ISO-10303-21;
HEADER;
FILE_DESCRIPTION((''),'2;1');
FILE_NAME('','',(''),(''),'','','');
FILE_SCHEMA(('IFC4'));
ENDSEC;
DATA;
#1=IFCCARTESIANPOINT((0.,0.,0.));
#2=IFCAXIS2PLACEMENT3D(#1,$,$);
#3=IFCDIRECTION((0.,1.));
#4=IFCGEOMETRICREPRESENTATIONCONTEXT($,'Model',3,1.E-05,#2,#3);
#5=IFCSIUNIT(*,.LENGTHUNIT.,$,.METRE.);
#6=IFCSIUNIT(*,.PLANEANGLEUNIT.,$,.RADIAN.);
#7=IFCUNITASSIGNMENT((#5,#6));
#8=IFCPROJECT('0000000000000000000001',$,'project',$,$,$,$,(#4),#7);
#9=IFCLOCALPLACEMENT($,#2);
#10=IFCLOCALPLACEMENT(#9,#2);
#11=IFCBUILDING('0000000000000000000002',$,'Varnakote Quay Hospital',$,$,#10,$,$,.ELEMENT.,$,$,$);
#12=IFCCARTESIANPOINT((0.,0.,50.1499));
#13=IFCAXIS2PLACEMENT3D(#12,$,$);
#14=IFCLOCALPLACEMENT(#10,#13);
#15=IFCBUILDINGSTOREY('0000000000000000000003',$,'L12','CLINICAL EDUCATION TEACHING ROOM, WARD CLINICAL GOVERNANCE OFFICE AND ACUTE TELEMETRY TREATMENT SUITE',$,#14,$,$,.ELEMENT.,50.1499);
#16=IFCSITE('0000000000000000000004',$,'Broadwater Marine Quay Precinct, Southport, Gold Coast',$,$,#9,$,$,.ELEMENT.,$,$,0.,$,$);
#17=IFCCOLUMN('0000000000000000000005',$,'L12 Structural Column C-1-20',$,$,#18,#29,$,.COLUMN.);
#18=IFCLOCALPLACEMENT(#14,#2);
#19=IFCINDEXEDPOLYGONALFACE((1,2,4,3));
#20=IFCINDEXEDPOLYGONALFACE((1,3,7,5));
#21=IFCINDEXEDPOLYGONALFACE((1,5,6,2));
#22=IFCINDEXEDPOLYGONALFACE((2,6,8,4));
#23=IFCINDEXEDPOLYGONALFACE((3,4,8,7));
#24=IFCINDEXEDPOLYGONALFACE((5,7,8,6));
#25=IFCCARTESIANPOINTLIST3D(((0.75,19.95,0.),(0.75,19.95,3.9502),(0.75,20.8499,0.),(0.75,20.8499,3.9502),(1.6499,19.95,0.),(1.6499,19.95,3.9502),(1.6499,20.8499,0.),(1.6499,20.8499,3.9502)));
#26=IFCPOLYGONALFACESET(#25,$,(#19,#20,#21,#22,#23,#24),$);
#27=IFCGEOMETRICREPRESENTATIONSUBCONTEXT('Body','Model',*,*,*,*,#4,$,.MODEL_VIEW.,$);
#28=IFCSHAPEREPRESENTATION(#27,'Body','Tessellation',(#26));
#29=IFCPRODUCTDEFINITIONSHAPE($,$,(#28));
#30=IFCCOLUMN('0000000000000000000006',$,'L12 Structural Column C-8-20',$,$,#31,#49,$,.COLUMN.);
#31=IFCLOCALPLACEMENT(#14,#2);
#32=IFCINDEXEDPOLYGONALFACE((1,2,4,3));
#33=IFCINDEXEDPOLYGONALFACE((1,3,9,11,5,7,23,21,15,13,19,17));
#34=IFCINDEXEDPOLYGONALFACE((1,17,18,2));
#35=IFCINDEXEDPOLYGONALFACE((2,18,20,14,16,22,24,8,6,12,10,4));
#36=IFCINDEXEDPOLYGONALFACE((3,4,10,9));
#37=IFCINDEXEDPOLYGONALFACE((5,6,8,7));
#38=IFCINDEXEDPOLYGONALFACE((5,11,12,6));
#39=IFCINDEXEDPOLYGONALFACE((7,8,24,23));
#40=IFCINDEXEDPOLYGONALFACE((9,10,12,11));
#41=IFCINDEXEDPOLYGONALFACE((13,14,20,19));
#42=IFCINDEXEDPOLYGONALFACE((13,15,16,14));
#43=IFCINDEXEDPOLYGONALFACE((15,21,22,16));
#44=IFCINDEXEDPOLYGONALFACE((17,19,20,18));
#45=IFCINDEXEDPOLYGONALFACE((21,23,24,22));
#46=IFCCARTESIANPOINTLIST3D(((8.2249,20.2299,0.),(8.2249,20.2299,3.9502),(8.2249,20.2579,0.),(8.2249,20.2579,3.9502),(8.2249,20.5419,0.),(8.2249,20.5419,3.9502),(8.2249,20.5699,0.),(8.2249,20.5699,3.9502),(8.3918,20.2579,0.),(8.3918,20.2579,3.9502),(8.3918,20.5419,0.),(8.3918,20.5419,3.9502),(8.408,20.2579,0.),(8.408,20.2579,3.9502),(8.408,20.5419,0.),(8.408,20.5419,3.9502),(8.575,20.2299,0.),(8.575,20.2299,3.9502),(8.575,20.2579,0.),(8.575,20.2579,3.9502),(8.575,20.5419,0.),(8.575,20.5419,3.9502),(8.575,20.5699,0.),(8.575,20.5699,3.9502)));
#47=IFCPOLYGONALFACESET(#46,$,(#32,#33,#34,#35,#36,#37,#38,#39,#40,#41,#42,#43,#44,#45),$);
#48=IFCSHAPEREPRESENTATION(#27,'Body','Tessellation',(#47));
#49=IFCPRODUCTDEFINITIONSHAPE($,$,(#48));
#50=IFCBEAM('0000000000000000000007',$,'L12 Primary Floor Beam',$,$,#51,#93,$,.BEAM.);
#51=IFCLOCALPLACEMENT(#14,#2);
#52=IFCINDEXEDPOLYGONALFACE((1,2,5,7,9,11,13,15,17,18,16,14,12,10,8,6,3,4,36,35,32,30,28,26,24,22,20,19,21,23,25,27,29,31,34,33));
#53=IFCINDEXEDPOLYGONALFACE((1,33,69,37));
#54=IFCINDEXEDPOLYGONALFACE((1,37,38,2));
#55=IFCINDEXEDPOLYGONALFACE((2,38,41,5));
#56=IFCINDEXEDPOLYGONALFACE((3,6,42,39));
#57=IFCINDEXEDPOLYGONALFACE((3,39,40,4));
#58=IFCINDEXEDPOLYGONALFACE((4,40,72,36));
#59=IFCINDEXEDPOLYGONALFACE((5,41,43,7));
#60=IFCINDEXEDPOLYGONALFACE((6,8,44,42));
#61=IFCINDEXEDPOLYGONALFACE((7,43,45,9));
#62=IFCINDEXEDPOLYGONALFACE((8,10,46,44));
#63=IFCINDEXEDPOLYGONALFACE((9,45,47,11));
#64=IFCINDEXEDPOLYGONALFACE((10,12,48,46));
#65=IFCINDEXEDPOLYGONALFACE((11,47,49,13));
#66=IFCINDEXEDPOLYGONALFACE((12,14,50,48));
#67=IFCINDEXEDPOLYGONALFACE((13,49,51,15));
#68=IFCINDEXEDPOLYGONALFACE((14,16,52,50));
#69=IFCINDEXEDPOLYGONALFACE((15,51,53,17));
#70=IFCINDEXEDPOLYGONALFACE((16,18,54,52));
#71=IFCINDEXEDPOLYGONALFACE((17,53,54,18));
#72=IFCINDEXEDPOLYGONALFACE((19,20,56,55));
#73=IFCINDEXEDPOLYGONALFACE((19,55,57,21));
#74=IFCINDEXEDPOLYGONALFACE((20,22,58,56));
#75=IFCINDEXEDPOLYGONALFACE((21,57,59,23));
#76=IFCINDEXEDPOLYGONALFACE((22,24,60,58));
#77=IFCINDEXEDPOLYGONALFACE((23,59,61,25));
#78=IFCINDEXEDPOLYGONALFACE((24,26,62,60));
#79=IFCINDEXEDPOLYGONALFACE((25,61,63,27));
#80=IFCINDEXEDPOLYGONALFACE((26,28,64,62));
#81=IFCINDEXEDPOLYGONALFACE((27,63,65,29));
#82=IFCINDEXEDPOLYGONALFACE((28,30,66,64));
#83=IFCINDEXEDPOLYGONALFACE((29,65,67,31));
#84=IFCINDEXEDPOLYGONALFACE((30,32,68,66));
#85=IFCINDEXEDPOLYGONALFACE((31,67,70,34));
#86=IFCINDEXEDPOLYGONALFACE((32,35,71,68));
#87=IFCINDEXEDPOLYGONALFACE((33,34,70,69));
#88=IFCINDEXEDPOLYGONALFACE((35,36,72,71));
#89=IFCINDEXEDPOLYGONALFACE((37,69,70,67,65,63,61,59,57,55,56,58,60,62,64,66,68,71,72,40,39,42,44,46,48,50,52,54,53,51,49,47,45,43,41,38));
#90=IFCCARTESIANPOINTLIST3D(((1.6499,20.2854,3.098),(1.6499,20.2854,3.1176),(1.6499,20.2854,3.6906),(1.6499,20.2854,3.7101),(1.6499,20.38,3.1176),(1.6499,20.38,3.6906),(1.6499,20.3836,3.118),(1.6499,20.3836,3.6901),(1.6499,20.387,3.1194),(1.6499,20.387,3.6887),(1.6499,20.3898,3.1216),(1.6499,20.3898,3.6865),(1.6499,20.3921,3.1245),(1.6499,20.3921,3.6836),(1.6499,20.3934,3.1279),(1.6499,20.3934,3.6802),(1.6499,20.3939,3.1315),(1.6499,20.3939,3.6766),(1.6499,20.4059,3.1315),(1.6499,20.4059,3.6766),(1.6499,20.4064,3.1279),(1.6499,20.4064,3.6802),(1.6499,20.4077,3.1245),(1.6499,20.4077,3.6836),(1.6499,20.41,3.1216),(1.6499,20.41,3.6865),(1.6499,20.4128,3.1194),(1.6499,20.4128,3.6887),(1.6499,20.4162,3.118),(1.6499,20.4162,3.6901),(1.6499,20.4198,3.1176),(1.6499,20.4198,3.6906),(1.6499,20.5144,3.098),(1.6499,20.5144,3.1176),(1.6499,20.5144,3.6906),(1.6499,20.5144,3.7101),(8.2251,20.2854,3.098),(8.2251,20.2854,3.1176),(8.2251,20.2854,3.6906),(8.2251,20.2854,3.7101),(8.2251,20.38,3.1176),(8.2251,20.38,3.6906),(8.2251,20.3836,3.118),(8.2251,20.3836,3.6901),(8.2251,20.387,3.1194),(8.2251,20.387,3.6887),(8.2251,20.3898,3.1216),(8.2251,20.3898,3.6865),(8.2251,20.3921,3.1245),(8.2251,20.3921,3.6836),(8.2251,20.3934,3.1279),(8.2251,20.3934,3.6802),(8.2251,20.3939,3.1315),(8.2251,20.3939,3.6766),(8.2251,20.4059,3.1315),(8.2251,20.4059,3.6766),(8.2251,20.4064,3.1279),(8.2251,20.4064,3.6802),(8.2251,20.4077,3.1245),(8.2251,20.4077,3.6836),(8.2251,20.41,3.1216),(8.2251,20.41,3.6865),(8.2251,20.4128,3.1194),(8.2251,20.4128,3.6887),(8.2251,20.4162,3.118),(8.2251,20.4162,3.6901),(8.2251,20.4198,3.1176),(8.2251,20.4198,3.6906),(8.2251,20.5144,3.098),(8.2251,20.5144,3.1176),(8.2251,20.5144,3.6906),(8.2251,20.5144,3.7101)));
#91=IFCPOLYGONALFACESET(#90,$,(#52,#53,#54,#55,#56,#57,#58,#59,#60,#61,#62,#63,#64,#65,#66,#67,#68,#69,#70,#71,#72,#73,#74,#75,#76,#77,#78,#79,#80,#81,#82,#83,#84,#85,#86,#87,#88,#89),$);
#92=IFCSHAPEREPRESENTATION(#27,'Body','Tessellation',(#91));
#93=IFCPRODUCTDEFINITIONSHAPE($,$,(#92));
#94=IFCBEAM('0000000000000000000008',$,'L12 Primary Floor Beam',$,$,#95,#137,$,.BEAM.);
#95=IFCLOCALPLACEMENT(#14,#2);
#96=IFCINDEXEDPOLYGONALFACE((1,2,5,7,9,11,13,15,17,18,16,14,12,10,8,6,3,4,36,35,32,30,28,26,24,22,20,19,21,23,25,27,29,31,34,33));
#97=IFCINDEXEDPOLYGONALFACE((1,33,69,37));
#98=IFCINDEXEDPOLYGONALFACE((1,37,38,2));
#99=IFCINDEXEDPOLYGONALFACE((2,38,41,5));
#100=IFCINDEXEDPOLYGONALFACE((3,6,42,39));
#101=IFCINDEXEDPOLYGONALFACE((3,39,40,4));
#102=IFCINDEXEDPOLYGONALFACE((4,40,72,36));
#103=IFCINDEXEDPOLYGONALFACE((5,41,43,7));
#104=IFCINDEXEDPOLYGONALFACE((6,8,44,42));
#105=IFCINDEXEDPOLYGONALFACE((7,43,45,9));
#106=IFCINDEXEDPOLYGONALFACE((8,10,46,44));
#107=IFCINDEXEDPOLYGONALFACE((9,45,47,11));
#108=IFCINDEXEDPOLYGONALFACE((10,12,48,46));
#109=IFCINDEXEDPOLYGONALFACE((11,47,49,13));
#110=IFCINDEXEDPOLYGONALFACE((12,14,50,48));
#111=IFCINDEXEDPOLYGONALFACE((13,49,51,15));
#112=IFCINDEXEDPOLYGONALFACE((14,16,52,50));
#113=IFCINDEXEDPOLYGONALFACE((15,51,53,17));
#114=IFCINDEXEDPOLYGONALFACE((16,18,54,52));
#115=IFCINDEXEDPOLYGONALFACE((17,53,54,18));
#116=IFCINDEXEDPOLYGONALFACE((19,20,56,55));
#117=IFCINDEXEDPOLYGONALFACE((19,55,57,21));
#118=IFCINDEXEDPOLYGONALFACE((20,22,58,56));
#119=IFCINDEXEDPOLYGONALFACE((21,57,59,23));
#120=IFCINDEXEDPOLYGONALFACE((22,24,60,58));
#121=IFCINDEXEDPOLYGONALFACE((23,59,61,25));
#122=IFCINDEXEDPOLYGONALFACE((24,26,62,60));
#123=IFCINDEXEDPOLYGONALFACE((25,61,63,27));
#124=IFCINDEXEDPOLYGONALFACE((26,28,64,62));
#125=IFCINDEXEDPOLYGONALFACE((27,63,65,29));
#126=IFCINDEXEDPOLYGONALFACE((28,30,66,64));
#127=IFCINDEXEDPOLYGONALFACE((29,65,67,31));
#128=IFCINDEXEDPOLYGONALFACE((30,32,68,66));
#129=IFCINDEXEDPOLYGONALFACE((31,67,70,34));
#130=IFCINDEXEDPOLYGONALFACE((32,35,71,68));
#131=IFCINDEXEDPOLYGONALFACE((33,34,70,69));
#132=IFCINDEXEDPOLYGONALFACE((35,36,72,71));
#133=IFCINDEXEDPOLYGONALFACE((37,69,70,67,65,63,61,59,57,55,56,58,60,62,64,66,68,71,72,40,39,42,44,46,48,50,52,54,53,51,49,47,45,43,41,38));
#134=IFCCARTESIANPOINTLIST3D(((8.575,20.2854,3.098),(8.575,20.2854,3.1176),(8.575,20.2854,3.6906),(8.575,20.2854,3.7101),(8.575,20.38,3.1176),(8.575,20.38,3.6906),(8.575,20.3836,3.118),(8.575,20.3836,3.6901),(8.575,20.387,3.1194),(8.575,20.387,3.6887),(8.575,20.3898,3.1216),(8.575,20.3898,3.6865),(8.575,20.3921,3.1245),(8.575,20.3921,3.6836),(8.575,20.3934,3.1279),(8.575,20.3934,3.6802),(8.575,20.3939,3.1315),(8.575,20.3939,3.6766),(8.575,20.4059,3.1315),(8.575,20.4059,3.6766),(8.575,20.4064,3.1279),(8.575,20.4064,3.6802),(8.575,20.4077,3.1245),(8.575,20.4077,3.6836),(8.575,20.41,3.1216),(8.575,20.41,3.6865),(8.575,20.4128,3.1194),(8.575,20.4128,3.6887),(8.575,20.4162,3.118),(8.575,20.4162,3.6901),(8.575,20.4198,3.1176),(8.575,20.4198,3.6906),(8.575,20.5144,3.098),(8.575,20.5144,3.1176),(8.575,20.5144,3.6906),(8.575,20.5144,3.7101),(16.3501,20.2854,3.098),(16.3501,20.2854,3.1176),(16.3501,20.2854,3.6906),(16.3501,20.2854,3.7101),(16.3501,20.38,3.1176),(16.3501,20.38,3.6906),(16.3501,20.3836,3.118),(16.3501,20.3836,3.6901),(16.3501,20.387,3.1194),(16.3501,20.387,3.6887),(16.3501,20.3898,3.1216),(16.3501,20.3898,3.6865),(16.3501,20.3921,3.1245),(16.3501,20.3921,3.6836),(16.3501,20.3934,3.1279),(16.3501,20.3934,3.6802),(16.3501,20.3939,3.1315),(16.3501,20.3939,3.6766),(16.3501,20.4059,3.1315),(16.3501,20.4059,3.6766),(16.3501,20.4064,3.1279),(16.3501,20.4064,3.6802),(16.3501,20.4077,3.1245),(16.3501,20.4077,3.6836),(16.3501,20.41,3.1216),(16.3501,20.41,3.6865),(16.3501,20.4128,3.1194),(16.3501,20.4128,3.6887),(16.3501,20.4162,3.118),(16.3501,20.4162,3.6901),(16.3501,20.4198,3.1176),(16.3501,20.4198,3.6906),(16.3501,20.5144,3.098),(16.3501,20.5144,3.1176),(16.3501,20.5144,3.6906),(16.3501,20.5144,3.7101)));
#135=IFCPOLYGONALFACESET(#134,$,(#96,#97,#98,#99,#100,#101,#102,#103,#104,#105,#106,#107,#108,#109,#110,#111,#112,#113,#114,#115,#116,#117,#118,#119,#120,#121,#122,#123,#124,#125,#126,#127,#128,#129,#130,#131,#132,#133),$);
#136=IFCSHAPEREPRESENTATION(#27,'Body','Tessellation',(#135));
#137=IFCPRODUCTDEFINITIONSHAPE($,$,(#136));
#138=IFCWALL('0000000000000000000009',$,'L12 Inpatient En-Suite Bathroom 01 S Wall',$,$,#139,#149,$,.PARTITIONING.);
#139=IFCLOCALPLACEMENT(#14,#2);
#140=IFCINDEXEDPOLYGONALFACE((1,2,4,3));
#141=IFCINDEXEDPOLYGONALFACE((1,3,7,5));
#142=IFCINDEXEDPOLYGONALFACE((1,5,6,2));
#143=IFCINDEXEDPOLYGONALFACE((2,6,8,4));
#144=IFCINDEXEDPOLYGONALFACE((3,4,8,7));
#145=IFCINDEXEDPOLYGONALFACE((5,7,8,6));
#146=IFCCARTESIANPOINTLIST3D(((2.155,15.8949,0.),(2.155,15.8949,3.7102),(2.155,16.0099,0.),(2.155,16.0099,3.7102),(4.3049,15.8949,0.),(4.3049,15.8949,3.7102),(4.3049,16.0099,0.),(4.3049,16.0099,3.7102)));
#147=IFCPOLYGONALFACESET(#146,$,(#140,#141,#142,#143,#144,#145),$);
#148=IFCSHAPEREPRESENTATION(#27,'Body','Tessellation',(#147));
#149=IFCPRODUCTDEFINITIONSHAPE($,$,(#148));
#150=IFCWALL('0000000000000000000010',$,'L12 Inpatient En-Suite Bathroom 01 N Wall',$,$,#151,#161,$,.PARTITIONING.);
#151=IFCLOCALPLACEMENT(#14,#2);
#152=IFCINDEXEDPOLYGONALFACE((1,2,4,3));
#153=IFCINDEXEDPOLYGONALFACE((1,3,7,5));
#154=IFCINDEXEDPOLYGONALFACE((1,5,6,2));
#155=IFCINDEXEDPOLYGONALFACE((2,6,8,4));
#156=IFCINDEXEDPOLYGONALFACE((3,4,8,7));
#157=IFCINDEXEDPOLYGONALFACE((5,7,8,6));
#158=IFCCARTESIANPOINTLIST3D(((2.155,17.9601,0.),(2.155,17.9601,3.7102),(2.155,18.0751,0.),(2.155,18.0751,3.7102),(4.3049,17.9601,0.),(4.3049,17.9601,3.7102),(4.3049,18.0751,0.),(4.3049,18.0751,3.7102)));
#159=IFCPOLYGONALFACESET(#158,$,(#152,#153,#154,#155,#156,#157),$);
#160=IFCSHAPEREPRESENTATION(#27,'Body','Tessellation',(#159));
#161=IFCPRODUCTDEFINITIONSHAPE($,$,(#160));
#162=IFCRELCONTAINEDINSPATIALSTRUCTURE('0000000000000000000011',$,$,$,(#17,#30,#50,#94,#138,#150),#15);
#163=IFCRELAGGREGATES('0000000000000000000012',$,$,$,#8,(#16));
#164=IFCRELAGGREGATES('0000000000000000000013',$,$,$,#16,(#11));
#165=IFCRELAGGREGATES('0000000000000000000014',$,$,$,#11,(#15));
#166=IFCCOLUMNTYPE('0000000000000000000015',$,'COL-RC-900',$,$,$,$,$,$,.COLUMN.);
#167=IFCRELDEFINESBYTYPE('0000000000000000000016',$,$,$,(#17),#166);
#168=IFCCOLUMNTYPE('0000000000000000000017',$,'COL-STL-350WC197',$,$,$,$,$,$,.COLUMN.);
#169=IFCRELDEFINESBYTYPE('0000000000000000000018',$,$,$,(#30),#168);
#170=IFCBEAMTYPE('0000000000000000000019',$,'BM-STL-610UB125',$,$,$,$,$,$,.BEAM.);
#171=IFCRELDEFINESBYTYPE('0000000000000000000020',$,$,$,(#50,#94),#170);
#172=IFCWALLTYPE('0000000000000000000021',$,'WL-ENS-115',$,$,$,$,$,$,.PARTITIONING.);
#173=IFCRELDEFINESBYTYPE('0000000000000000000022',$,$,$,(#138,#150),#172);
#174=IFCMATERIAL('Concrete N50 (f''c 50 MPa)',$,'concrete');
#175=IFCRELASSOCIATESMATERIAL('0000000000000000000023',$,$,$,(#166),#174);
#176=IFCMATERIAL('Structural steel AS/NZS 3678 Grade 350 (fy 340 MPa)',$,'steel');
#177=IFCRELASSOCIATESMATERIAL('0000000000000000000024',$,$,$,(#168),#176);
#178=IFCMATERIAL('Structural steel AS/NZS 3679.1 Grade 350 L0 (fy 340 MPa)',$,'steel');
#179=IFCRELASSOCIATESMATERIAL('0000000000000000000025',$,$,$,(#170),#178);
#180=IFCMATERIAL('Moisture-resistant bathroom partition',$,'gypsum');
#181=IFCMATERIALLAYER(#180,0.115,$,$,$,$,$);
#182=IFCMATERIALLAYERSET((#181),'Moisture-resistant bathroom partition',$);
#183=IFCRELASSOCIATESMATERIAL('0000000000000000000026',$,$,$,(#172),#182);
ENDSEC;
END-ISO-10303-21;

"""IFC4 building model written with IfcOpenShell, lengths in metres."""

from ifc_helpers import new_model, si_unit, direction, frame, frame_2d, origin, origin_2d, place, context, subcontext, project, spatial, rectangle, i_section, extrude, material, layer, layer_set, material_profile, profile_set, type_object, element, save


model = new_model("IFC4")

# Units and contexts
model_context = context("Model", 3, precision=1e-05, world=origin(), true_north=direction((0.0, 1.0)))
body_context = subcontext(model_context, "Body", "Model", "MODEL_VIEW")
ifc_project = project(units=[si_unit("LENGTHUNIT", "METRE"), si_unit("PLANEANGLEUNIT", "RADIAN")], contexts=[model_context])

# Site, building, storey
site_placement = place(None, origin())
site = spatial("IfcSite", under=ifc_project, at=site_placement, Name="Broadwater Marine Quay Precinct, Southport, Gold Coast", CompositionType="ELEMENT", RefElevation=0.0)
building_placement = place(site_placement, origin())
building = spatial("IfcBuilding", under=site, at=building_placement, Name="Varnakote Quay Hospital", CompositionType="ELEMENT")
storey_placement = place(building_placement, frame((0.0, 0.0, 50.1499)))
storey = spatial("IfcBuildingStorey", under=building, at=storey_placement, Name="L12", Description="CLINICAL EDUCATION TEACHING ROOM, WARD CLINICAL GOVERNANCE OFFICE AND ACUTE TELEMETRY TREATMENT SUITE", CompositionType="ELEMENT", Elevation=50.1499)

# Columns
ifc_material_1 = material(Name="Concrete N50 (f'c 50 MPa)", Category="concrete")
ifc_material_profile_1 = material_profile(ifc_material_1, rectangle(XDim=0.8999, YDim=0.8999, at=origin_2d()), Name="RC-COL-900x900")
ifc_profile_set_1 = profile_set([ifc_material_profile_1], Name="Concrete N50 (f'c 50 MPa)")
column_type_1 = type_object("IfcColumnType", Name="COL-RC-900", PredefinedType="COLUMN", material=ifc_profile_set_1)
column_1_placement = place(storey_placement, frame((1.2, 20.3999, 0.0), z_axis=(0.0, 0.0, 1.0), x_axis=(1.0, 0.0, 0.0)))
element("IfcColumn", 1, at=column_1_placement, inside=storey, type_object=column_type_1, Name="L12 Structural Column C-1-20", PredefinedType="COLUMN", context=body_context, shape_type="SweptSolid", body=[
    extrude(rectangle(XDim=0.8999, YDim=0.8999, at=origin_2d()), origin(), (0.0, 0.0, 1.0), 3.9502),
])
ifc_material_2 = material(Name="Structural steel AS/NZS 3678 Grade 350 (fy 340 MPa)", Category="steel")
ifc_material_profile_2 = material_profile(ifc_material_2, i_section(OverallWidth=0.3501, OverallDepth=0.3401, WebThickness=0.0161, FlangeThickness=0.0281, at=origin_2d()), Name="350WC197")
ifc_profile_set_2 = profile_set([ifc_material_profile_2], Name="Structural steel AS/NZS 3678 Grade 350 (fy 340 MPa)")
column_type_2 = type_object("IfcColumnType", Name="COL-STL-350WC197", PredefinedType="COLUMN", material=ifc_profile_set_2)
column_2_placement = place(storey_placement, frame((8.3999, 20.3999, 0.0), z_axis=(0.0, 0.0, 1.0), x_axis=(1.0, 0.0, 0.0)))
element("IfcColumn", 2, at=column_2_placement, inside=storey, type_object=column_type_2, Name="L12 Structural Column C-8-20", PredefinedType="COLUMN", context=body_context, shape_type="SweptSolid", body=[
    extrude(i_section(OverallWidth=0.3501, OverallDepth=0.3401, WebThickness=0.0161, FlangeThickness=0.0281, at=origin_2d()), origin(), (0.0, 0.0, 1.0), 3.9502),
])

# Beams
ifc_material_3 = material(Name="Structural steel AS/NZS 3679.1 Grade 350 L0 (fy 340 MPa)", Category="steel")
ifc_material_profile_3 = material_profile(ifc_material_3, i_section(OverallWidth=0.229, OverallDepth=0.6121, WebThickness=0.012, FlangeThickness=0.0195, FilletRadius=0.0139, at=origin_2d()), Name="610UB125")
ifc_profile_set_3 = profile_set([ifc_material_profile_3], Name="Structural steel AS/NZS 3679.1 Grade 350 L0 (fy 340 MPa)")
beam_type = type_object("IfcBeamType", Name="BM-STL-610UB125", PredefinedType="BEAM", material=ifc_profile_set_3)
beam_1_placement = place(storey_placement, frame((1.6499, 20.3999, 3.4041), z_axis=(1.0, 0.0, 0.0), x_axis=(0.0, 1.0, 0.0)))
element("IfcBeam", 3, at=beam_1_placement, inside=storey, type_object=beam_type, Name="L12 Primary Floor Beam", PredefinedType="BEAM", context=body_context, shape_type="SweptSolid", body=[
    extrude(i_section(OverallWidth=0.229, OverallDepth=0.6121, WebThickness=0.012, FlangeThickness=0.0195, FilletRadius=0.0139, at=origin_2d()), origin(), (0.0, 0.0, 1.0), 6.5752),
])
beam_2_placement = place(storey_placement, frame((8.575, 20.3999, 3.4041), z_axis=(1.0, 0.0, 0.0), x_axis=(0.0, 1.0, 0.0)))
element("IfcBeam", 4, at=beam_2_placement, inside=storey, type_object=beam_type, Name="L12 Primary Floor Beam", PredefinedType="BEAM", context=body_context, shape_type="SweptSolid", body=[
    extrude(i_section(OverallWidth=0.229, OverallDepth=0.6121, WebThickness=0.012, FlangeThickness=0.0195, FilletRadius=0.0139, at=origin_2d()), origin(), (0.0, 0.0, 1.0), 7.7751),
])

# Walls
ifc_material_4 = material(Name="Moisture-resistant bathroom partition", Category="gypsum")
ifc_layer_1 = layer(ifc_material_4, 0.115)
ifc_layer_set_1 = layer_set([ifc_layer_1], Name="Moisture-resistant bathroom partition")
wall_type_1 = type_object("IfcWallType", Name="WL-ENS-115", PredefinedType="PARTITIONING", material=ifc_layer_set_1)
for number, where, z_axis, x_axis, name in (
    (5, (2.155, 15.9524, 0.0), (0.0, 0.0, 1.0), (1.0, 0.0, 0.0), "L12 Inpatient En-Suite Bathroom 01 S Wall"),
    (6, (2.155, 18.0176, 0.0), (0.0, 0.0, 1.0), (1.0, 0.0, 0.0), "L12 Inpatient En-Suite Bathroom 01 N Wall"),
):
    element("IfcWall", number, at=place(storey_placement, frame(where, z_axis=z_axis, x_axis=x_axis)), inside=storey, type_object=wall_type_1, Name=name, PredefinedType="PARTITIONING", context=body_context, shape_type="SweptSolid", body=[
        extrude(rectangle(XDim=2.1499, YDim=0.115, at=frame_2d((1.075, 0.0))), origin(), (0.0, 0.0, 1.0), 3.7102),
    ])

save(model, "model.ifc")
